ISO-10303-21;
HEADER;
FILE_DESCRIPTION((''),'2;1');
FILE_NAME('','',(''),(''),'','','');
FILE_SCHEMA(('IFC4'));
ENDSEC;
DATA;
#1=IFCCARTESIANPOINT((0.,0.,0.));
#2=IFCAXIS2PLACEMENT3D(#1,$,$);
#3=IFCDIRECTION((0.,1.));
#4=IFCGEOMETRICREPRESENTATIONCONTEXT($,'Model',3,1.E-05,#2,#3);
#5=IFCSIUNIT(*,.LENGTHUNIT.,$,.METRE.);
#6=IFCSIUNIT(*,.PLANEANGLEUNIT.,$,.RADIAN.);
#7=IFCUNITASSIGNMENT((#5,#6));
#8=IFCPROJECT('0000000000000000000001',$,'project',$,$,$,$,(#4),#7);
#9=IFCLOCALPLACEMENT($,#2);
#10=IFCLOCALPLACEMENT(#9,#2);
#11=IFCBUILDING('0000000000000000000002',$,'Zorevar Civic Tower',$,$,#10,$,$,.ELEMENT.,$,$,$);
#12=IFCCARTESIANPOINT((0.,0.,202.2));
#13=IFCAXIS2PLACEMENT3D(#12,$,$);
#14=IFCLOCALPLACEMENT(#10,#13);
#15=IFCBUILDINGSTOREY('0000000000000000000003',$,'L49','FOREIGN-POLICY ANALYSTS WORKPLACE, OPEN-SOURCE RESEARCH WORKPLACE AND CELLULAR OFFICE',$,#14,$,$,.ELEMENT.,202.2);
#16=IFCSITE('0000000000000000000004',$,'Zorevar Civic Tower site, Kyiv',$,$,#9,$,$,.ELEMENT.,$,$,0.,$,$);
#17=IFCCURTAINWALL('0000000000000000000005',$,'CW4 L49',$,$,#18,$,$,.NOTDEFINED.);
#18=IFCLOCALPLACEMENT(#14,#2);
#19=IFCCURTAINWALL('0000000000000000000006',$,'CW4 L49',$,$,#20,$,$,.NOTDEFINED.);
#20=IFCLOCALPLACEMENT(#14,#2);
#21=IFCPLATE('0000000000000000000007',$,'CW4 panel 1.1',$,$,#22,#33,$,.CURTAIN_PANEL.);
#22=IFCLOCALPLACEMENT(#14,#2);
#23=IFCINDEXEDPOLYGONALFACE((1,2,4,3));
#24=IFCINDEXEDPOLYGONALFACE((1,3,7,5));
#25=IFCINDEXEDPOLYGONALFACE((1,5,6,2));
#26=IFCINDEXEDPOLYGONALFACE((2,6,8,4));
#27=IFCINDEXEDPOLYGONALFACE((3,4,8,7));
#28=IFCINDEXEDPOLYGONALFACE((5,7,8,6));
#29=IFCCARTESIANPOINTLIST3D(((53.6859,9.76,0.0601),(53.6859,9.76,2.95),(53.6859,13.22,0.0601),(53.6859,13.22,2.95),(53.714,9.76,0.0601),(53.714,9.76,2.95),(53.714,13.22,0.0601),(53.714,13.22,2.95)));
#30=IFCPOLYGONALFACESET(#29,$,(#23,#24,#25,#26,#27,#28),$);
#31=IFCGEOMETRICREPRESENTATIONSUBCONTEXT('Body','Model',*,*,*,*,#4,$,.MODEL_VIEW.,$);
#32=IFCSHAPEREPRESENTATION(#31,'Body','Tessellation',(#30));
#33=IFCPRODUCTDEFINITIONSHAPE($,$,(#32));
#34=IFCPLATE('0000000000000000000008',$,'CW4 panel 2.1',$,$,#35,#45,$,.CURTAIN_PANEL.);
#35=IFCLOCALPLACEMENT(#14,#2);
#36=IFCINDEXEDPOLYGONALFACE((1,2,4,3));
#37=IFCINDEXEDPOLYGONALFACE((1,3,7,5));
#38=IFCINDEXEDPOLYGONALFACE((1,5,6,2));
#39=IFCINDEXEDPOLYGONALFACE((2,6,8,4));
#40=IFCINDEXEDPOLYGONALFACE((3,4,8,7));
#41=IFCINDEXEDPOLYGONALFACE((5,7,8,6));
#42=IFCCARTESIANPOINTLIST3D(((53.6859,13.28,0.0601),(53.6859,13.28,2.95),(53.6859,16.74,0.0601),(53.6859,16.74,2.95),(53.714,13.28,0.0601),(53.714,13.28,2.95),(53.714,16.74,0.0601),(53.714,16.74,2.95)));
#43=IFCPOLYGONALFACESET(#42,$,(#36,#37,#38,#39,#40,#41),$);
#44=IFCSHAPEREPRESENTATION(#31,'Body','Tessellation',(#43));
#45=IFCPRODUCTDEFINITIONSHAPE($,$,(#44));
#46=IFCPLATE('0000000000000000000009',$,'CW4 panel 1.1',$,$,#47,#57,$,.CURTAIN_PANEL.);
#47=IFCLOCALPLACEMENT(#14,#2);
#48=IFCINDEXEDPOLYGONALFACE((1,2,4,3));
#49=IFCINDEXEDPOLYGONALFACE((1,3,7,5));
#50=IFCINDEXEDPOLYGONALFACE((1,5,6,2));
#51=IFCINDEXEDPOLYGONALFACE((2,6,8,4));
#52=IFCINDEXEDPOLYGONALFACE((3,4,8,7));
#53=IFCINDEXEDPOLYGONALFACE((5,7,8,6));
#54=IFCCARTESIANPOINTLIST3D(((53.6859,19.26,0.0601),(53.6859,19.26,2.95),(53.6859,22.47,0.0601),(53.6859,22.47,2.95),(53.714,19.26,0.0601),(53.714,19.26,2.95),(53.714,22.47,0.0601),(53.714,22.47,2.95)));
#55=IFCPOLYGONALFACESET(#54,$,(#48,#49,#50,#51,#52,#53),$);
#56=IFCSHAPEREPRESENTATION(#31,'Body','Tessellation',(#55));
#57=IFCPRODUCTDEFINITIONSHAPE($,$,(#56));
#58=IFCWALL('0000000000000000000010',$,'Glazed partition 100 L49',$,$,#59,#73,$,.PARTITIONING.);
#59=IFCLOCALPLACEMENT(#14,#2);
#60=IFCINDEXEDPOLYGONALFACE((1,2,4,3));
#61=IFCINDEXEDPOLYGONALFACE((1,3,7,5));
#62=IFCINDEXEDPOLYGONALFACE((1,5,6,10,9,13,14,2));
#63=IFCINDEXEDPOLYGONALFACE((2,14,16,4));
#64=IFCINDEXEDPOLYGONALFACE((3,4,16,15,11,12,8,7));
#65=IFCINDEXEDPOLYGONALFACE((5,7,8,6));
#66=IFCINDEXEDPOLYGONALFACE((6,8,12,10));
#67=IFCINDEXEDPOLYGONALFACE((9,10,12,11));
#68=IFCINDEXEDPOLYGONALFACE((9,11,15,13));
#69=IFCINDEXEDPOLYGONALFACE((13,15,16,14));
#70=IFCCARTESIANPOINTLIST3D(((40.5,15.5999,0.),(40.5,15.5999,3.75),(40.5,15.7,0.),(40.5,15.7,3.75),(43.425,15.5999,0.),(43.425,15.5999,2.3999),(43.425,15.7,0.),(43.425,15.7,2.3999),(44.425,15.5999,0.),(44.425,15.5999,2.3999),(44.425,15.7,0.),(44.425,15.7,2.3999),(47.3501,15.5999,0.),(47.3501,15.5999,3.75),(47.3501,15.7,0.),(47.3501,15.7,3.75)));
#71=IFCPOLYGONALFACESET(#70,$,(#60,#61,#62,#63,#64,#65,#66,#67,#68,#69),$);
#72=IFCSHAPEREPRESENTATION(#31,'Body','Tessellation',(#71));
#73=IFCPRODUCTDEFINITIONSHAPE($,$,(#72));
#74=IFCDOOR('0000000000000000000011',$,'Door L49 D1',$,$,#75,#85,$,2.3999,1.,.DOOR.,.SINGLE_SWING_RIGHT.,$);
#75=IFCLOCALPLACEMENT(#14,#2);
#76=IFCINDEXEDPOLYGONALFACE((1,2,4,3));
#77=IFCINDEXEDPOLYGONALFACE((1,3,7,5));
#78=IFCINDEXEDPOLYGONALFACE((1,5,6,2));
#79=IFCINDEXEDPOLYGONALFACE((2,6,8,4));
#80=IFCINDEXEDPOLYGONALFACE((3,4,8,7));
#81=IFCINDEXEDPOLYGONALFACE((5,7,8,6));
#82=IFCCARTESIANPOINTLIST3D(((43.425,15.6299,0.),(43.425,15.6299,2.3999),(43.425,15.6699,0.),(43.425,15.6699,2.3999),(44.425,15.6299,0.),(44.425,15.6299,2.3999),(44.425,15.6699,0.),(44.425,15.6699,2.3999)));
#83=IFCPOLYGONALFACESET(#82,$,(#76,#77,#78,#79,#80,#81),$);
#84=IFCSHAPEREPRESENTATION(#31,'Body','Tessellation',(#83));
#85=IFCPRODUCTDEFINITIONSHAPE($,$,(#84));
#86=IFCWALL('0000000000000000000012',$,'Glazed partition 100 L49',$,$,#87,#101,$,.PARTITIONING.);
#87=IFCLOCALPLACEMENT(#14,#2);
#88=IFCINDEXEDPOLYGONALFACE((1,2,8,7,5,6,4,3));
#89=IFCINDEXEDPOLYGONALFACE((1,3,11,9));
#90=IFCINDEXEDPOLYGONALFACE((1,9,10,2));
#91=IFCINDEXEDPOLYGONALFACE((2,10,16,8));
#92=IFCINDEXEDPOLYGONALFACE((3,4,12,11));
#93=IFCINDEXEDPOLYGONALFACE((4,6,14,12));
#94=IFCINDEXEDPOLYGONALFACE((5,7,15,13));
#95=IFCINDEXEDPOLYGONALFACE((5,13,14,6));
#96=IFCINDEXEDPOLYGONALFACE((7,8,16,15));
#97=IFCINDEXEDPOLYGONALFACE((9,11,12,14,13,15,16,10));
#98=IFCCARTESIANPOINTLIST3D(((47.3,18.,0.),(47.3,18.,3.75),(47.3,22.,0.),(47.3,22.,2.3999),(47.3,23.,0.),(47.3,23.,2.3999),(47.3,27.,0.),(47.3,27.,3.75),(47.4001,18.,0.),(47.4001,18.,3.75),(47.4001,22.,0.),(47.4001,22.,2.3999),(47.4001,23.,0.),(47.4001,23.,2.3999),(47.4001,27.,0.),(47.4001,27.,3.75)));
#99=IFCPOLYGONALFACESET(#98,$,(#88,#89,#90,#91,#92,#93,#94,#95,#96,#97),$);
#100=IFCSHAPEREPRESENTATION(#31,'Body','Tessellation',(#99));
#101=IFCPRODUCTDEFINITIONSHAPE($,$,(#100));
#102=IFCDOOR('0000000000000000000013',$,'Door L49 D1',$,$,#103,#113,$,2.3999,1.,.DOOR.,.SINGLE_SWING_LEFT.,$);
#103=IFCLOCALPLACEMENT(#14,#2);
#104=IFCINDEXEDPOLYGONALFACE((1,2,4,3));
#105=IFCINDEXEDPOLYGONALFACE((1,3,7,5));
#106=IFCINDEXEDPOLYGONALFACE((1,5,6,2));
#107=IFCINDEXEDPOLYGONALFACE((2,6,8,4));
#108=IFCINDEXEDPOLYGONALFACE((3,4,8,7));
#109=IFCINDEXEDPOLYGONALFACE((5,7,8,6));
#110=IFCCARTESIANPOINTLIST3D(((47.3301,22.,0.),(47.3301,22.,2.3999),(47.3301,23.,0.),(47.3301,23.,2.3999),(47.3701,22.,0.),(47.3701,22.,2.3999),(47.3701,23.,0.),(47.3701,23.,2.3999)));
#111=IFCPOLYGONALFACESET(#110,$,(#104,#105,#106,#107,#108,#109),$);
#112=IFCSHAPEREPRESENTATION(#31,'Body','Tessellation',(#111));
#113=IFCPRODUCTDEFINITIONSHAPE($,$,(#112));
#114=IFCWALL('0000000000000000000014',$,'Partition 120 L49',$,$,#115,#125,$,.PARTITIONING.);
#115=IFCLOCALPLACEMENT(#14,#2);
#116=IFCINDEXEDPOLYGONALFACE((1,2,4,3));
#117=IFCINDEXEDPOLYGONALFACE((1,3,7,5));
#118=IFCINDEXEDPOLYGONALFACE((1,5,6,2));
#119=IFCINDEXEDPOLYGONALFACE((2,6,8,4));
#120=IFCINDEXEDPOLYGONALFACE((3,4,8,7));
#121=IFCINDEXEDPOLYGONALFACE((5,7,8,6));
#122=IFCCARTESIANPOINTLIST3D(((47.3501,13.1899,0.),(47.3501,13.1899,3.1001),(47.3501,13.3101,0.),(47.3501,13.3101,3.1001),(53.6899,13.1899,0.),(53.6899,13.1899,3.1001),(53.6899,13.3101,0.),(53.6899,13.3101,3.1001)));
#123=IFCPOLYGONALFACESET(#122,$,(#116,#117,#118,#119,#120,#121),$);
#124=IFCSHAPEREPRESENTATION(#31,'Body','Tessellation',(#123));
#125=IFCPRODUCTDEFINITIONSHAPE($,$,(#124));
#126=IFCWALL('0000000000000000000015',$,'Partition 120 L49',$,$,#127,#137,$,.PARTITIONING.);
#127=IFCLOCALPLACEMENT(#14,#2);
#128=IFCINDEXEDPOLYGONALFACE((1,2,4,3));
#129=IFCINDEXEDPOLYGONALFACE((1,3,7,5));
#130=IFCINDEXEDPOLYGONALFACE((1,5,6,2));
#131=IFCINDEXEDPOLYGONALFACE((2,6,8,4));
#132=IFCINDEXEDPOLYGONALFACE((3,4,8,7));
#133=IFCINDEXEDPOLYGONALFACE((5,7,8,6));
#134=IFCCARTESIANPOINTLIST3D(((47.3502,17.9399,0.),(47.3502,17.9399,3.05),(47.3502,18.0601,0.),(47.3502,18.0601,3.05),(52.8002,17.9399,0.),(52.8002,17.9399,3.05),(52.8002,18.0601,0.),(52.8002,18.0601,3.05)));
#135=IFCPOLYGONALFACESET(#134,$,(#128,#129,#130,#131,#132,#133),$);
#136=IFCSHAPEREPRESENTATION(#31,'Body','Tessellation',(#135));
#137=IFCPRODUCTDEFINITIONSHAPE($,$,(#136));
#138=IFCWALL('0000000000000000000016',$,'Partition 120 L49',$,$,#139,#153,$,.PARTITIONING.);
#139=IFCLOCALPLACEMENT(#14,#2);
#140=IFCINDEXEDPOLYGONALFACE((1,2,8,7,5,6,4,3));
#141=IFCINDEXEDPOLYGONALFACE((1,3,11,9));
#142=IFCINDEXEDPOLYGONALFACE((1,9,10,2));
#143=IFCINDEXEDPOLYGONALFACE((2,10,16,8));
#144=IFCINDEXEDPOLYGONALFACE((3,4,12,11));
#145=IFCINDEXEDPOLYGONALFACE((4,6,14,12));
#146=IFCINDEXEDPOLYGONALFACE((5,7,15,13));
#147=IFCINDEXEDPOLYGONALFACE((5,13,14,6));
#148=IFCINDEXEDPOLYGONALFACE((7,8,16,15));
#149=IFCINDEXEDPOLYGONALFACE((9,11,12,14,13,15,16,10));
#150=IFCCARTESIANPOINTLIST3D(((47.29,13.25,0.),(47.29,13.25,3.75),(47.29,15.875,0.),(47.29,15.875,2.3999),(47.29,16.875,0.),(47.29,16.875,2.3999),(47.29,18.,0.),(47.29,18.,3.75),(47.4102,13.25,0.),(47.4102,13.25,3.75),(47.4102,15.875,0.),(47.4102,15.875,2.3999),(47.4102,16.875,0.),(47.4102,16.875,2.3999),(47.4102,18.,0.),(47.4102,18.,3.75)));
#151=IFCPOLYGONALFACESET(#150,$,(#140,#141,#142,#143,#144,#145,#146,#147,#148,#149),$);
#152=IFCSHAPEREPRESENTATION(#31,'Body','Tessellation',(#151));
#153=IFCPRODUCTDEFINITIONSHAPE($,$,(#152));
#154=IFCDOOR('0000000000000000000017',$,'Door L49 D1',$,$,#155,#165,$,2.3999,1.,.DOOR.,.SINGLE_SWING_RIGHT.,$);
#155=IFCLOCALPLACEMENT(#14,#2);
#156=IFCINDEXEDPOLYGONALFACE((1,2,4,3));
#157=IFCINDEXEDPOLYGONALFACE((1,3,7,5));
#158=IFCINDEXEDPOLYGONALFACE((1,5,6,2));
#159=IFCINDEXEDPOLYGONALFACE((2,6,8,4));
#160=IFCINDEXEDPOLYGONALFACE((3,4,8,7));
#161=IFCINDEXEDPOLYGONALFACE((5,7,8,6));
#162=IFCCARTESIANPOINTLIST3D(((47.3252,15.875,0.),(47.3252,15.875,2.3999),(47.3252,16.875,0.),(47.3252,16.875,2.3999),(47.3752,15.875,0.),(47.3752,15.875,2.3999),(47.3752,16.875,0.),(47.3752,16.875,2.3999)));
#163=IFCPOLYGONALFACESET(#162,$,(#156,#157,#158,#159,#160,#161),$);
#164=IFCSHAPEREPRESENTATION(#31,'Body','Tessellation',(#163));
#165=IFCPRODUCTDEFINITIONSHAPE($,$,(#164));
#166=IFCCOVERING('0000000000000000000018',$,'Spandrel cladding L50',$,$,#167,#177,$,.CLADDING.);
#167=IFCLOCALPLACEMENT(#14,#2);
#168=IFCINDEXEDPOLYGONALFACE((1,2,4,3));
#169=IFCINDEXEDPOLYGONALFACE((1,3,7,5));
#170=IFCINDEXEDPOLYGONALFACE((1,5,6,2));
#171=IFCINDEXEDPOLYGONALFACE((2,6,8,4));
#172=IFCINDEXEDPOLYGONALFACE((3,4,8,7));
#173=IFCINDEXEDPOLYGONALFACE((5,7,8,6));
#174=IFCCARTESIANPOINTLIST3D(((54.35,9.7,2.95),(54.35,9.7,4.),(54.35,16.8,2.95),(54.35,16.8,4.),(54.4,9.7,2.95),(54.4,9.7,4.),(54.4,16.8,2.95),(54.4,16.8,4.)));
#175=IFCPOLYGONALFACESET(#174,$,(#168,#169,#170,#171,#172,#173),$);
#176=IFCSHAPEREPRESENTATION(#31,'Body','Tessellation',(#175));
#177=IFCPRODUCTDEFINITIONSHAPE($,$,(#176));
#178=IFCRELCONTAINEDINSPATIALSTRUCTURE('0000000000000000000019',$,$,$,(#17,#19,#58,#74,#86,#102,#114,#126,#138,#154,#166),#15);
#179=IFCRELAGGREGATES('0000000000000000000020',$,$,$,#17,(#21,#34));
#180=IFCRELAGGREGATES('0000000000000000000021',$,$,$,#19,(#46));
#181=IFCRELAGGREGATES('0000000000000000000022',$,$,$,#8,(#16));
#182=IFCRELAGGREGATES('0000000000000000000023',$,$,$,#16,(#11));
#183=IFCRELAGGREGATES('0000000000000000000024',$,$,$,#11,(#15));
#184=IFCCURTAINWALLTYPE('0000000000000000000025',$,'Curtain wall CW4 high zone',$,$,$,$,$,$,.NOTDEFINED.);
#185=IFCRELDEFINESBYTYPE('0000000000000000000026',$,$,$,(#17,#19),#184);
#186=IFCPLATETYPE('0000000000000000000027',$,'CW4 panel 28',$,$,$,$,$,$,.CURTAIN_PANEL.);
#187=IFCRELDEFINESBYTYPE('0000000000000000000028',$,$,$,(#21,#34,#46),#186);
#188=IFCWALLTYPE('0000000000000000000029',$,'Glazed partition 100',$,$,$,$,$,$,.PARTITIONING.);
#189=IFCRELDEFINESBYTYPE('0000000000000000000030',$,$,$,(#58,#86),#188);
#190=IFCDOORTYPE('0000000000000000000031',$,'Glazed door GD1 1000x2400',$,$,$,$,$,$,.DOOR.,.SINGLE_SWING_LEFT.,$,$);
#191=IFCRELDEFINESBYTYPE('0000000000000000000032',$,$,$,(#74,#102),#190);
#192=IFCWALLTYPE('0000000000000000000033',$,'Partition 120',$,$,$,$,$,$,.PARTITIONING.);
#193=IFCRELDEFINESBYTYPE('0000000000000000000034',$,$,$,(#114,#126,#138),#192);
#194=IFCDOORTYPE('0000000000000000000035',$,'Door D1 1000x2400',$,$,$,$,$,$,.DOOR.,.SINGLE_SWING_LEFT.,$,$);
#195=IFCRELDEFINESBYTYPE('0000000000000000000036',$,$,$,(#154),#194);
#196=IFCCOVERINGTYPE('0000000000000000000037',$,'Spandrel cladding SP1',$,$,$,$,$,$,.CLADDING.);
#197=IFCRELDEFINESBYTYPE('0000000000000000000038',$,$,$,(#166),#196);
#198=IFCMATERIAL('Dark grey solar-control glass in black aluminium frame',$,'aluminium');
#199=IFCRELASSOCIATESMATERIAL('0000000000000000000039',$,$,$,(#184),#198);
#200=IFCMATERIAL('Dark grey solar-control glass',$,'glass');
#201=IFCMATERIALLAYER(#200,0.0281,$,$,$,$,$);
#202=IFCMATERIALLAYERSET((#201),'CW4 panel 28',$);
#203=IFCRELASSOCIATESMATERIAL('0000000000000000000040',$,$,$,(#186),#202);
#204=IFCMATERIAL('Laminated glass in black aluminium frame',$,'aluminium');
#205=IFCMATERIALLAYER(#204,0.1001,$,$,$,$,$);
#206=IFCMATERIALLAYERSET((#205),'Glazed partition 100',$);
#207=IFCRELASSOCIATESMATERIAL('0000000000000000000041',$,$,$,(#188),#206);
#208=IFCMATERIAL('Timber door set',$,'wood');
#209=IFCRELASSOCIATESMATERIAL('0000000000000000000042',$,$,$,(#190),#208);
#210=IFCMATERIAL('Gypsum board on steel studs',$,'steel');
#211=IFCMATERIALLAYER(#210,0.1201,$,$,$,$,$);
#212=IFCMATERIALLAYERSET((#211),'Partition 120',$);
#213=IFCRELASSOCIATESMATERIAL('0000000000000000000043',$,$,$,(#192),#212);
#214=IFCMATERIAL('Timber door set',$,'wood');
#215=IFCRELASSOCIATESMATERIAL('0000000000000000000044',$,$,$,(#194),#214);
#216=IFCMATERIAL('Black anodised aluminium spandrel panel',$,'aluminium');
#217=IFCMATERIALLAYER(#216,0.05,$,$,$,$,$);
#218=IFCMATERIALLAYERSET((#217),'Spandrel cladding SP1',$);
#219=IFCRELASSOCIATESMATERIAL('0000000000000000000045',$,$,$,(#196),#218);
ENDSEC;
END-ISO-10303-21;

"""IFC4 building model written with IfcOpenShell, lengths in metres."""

from ifc_helpers import new_model, si_unit, direction, frame, frame_2d, origin, origin_2d, place, context, subcontext, project, spatial, rectangle, extrude, material, layer, layer_set, type_object, element, fill, aggregate, save


model = new_model("IFC4")

# Units and contexts
model_context = context("Model", 3, precision=1e-05, world=origin(), true_north=direction((0.0, 1.0)))
body_context = subcontext(model_context, "Body", "Model", "MODEL_VIEW")
ifc_project = project(units=[si_unit("LENGTHUNIT", "METRE"), si_unit("PLANEANGLEUNIT", "RADIAN")], contexts=[model_context])

# Site, building, storey
site_placement = place(None, origin())
site = spatial("IfcSite", under=ifc_project, at=site_placement, Name="Zorevar Civic Tower site, Kyiv", CompositionType="ELEMENT", RefElevation=0.0)
building_placement = place(site_placement, origin())
building = spatial("IfcBuilding", under=site, at=building_placement, Name="Zorevar Civic Tower", CompositionType="ELEMENT")
storey_placement = place(building_placement, frame((0.0, 0.0, 202.2)))
storey = spatial("IfcBuildingStorey", under=building, at=storey_placement, Name="L49", Description="FOREIGN-POLICY ANALYSTS WORKPLACE, OPEN-SOURCE RESEARCH WORKPLACE AND CELLULAR OFFICE", CompositionType="ELEMENT", Elevation=202.2)

# Curtain wall
ifc_material_1 = material(Name="Dark grey solar-control glass in black aluminium frame", Category="aluminium")
curtain_wall_type = type_object("IfcCurtainWallType", Name="Curtain wall CW4 high zone", PredefinedType="NOTDEFINED", material=ifc_material_1)
curtain_wall_1_placement = place(storey_placement, origin())
curtain_wall_1 = element("IfcCurtainWall", 1, at=curtain_wall_1_placement, inside=storey, type_object=curtain_wall_type, Name="CW4 L49", PredefinedType="NOTDEFINED")

# Curtain wall
curtain_wall_2_placement = place(storey_placement, origin())
curtain_wall_2 = element("IfcCurtainWall", 2, at=curtain_wall_2_placement, inside=storey, type_object=curtain_wall_type, Name="CW4 L49", PredefinedType="NOTDEFINED")

# Plates
ifc_material_2 = material(Name="Dark grey solar-control glass", Category="glass")
ifc_layer_1 = layer(ifc_material_2, 0.0281)
ifc_layer_set_1 = layer_set([ifc_layer_1], Name="CW4 panel 28")
plate_type = type_object("IfcPlateType", Name="CW4 panel 28", PredefinedType="CURTAIN_PANEL", material=ifc_layer_set_1)
plate_1_placement = place(storey_placement, frame((53.7, 11.49, 0.0601), z_axis=(0.0, 0.0, 1.0), x_axis=(0.0, 1.0, 0.0)))
plate_1 = element("IfcPlate", 3, at=plate_1_placement, type_object=plate_type, Name="CW4 panel 1.1", PredefinedType="CURTAIN_PANEL", context=body_context, shape_type="SweptSolid", body=[
    extrude(rectangle(XDim=3.46, YDim=0.0281, at=origin_2d()), origin(), (0.0, 0.0, 1.0), 2.8899),
])
plate_2_placement = place(storey_placement, frame((53.7, 15.01, 0.0601), z_axis=(0.0, 0.0, 1.0), x_axis=(0.0, 1.0, 0.0)))
plate_2 = element("IfcPlate", 4, at=plate_2_placement, type_object=plate_type, Name="CW4 panel 2.1", PredefinedType="CURTAIN_PANEL", context=body_context, shape_type="SweptSolid", body=[
    extrude(rectangle(XDim=3.46, YDim=0.0281, at=origin_2d()), origin(), (0.0, 0.0, 1.0), 2.8899),
])
aggregate(curtain_wall_1, [plate_1, plate_2])
plate_3_placement = place(storey_placement, frame((53.7, 20.865, 0.0601), z_axis=(0.0, 0.0, 1.0), x_axis=(0.0, 1.0, 0.0)))
plate_3 = element("IfcPlate", 5, at=plate_3_placement, type_object=plate_type, Name="CW4 panel 1.1", PredefinedType="CURTAIN_PANEL", context=body_context, shape_type="SweptSolid", body=[
    extrude(rectangle(XDim=3.21, YDim=0.0281, at=origin_2d()), origin(), (0.0, 0.0, 1.0), 2.8899),
])
aggregate(curtain_wall_2, [plate_3])

# Walls, openings, doors
ifc_material_3 = material(Name="Laminated glass in black aluminium frame", Category="aluminium")
ifc_layer_2 = layer(ifc_material_3, 0.1001)
ifc_layer_set_2 = layer_set([ifc_layer_2], Name="Glazed partition 100")
wall_type_1 = type_object("IfcWallType", Name="Glazed partition 100", PredefinedType="PARTITIONING", material=ifc_layer_set_2)
wall_1_placement = place(storey_placement, frame((40.5, 15.6499, 0.0), z_axis=(0.0, 0.0, 1.0), x_axis=(1.0, 0.0, 0.0)))
wall_1 = element("IfcWall", 6, at=wall_1_placement, inside=storey, type_object=wall_type_1, Name="Glazed partition 100 L49", PredefinedType="PARTITIONING", context=body_context, shape_type="SweptSolid", body=[
    extrude(rectangle(XDim=6.8501, YDim=0.1001, at=frame_2d((3.425, 0.0))), origin(), (0.0, 0.0, 1.0), 3.75),
])
opening_1_placement = place(wall_1_placement, frame((2.925, 0.0, 0.0)))
opening_1 = element("IfcOpeningElement", 7, at=opening_1_placement, cuts=wall_1, PredefinedType="OPENING", context=body_context, shape_type="SweptSolid", body=[
    extrude(rectangle(XDim=1.0, YDim=2.3999, at=frame_2d((0.5, 1.2))), frame((0.0, 0.0601, 0.0), z_axis=(0.0, -1.0, 0.0), x_axis=(1.0, 0.0, 0.0)), (0.0, 0.0, 1.0), 0.1201),
])
ifc_material_4 = material(Name="Timber door set", Category="wood")
door_type_1 = type_object("IfcDoorType", Name="Glazed door GD1 1000x2400", OperationType="SINGLE_SWING_LEFT", PredefinedType="DOOR", material=ifc_material_4)
door_1_placement = place(opening_1_placement, origin())
door_1 = element("IfcDoor", 8, at=door_1_placement, inside=storey, type_object=door_type_1, Name="Door L49 D1", OperationType="SINGLE_SWING_RIGHT", OverallHeight=2.3999, OverallWidth=1.0, PredefinedType="DOOR", context=body_context, shape_type="SweptSolid", body=[
    extrude(rectangle(XDim=1.0, YDim=2.3999, at=frame_2d((0.5, 1.2))), frame((0.0, 0.02, 0.0), z_axis=(0.0, -1.0, 0.0), x_axis=(1.0, 0.0, 0.0)), (0.0, 0.0, 1.0), 0.04),
])
fill(opening_1, door_1)
wall_2_placement = place(storey_placement, frame((47.3501, 18.0, 0.0), z_axis=(0.0, 0.0, 1.0), x_axis=(0.0, 1.0, 0.0)))
wall_2 = element("IfcWall", 9, at=wall_2_placement, inside=storey, type_object=wall_type_1, Name="Glazed partition 100 L49", PredefinedType="PARTITIONING", context=body_context, shape_type="SweptSolid", body=[
    extrude(rectangle(XDim=9.0, YDim=0.1001, at=frame_2d((4.5, 0.0))), origin(), (0.0, 0.0, 1.0), 3.75),
])
opening_2_placement = place(wall_2_placement, frame((4.0, 0.0, 0.0)))
opening_2 = element("IfcOpeningElement", 10, at=opening_2_placement, cuts=wall_2, PredefinedType="OPENING", context=body_context, shape_type="SweptSolid", body=[
    extrude(rectangle(XDim=1.0, YDim=2.3999, at=frame_2d((0.5, 1.2))), frame((0.0, 0.0601, 0.0), z_axis=(0.0, -1.0, 0.0), x_axis=(1.0, 0.0, 0.0)), (0.0, 0.0, 1.0), 0.1201),
])
door_2_placement = place(opening_2_placement, origin())
door_2 = element("IfcDoor", 11, at=door_2_placement, inside=storey, type_object=door_type_1, Name="Door L49 D1", OperationType="SINGLE_SWING_LEFT", OverallHeight=2.3999, OverallWidth=1.0, PredefinedType="DOOR", context=body_context, shape_type="SweptSolid", body=[
    extrude(rectangle(XDim=1.0, YDim=2.3999, at=frame_2d((0.5, 1.2))), frame((0.0, 0.02, 0.0), z_axis=(0.0, -1.0, 0.0), x_axis=(1.0, 0.0, 0.0)), (0.0, 0.0, 1.0), 0.04),
])
fill(opening_2, door_2)

# Walls
ifc_material_5 = material(Name="Gypsum board on steel studs", Category="steel")
ifc_layer_3 = layer(ifc_material_5, 0.1201)
ifc_layer_set_3 = layer_set([ifc_layer_3], Name="Partition 120")
wall_type_2 = type_object("IfcWallType", Name="Partition 120", PredefinedType="PARTITIONING", material=ifc_layer_set_3)
wall_3_placement = place(storey_placement, frame((47.3501, 13.25, 0.0), z_axis=(0.0, 0.0, 1.0), x_axis=(1.0, 0.0, 0.0)))
element("IfcWall", 12, at=wall_3_placement, inside=storey, type_object=wall_type_2, Name="Partition 120 L49", PredefinedType="PARTITIONING", context=body_context, shape_type="SweptSolid", body=[
    extrude(rectangle(XDim=6.3398, YDim=0.1201, at=frame_2d((3.1699, 0.0))), origin(), (0.0, 0.0, 1.0), 3.1001),
])
wall_4_placement = place(storey_placement, frame((47.3501, 18.0, 0.0), z_axis=(0.0, 0.0, 1.0), x_axis=(1.0, 0.0, 0.0)))
element("IfcWall", 13, at=wall_4_placement, inside=storey, type_object=wall_type_2, Name="Partition 120 L49", PredefinedType="PARTITIONING", context=body_context, shape_type="SweptSolid", body=[
    extrude(rectangle(XDim=5.45, YDim=0.1201, at=frame_2d((2.7251, 0.0))), origin(), (0.0, 0.0, 1.0), 3.05),
])

# Wall, opening, door
wall_5_placement = place(storey_placement, frame((47.3501, 13.25, 0.0), z_axis=(0.0, 0.0, 1.0), x_axis=(0.0, 1.0, 0.0)))
wall_5 = element("IfcWall", 14, at=wall_5_placement, inside=storey, type_object=wall_type_2, Name="Partition 120 L49", PredefinedType="PARTITIONING", context=body_context, shape_type="SweptSolid", body=[
    extrude(rectangle(XDim=4.75, YDim=0.1201, at=frame_2d((2.375, 0.0))), origin(), (0.0, 0.0, 1.0), 3.75),
])
opening_3_placement = place(wall_5_placement, frame((2.625, 0.0, 0.0)))
opening_3 = element("IfcOpeningElement", 15, at=opening_3_placement, cuts=wall_5, PredefinedType="OPENING", context=body_context, shape_type="SweptSolid", body=[
    extrude(rectangle(XDim=1.0, YDim=2.3999, at=frame_2d((0.5, 1.2))), frame((0.0, 0.0701, 0.0), z_axis=(0.0, -1.0, 0.0), x_axis=(1.0, 0.0, 0.0)), (0.0, 0.0, 1.0), 0.1401),
])
ifc_material_6 = material(Name="Timber door set", Category="wood")
door_type_2 = type_object("IfcDoorType", Name="Door D1 1000x2400", OperationType="SINGLE_SWING_LEFT", PredefinedType="DOOR", material=ifc_material_6)
door_3_placement = place(opening_3_placement, origin())
door_3 = element("IfcDoor", 16, at=door_3_placement, inside=storey, type_object=door_type_2, Name="Door L49 D1", OperationType="SINGLE_SWING_RIGHT", OverallHeight=2.3999, OverallWidth=1.0, PredefinedType="DOOR", context=body_context, shape_type="SweptSolid", body=[
    extrude(rectangle(XDim=1.0, YDim=2.3999, at=frame_2d((0.5, 1.2))), frame((0.0, 0.0249, 0.0), z_axis=(0.0, -1.0, 0.0), x_axis=(1.0, 0.0, 0.0)), (0.0, 0.0, 1.0), 0.05),
])
fill(opening_3, door_3)

# Covering
ifc_material_7 = material(Name="Black anodised aluminium spandrel panel", Category="aluminium")
ifc_layer_4 = layer(ifc_material_7, 0.05)
ifc_layer_set_4 = layer_set([ifc_layer_4], Name="Spandrel cladding SP1")
covering_type = type_object("IfcCoveringType", Name="Spandrel cladding SP1", PredefinedType="CLADDING", material=ifc_layer_set_4)
covering_1_placement = place(storey_placement, frame((54.375, 9.7, 2.95), z_axis=(0.0, 0.0, 1.0), x_axis=(0.0, 1.0, 0.0)))
element("IfcCovering", 17, at=covering_1_placement, inside=storey, type_object=covering_type, Name="Spandrel cladding L50", PredefinedType="CLADDING", context=body_context, shape_type="SweptSolid", body=[
    extrude(rectangle(XDim=7.1001, YDim=0.05, at=frame_2d((3.55, 0.0))), origin(), (0.0, 0.0, 1.0), 1.05),
])

save(model, "model.ifc")
